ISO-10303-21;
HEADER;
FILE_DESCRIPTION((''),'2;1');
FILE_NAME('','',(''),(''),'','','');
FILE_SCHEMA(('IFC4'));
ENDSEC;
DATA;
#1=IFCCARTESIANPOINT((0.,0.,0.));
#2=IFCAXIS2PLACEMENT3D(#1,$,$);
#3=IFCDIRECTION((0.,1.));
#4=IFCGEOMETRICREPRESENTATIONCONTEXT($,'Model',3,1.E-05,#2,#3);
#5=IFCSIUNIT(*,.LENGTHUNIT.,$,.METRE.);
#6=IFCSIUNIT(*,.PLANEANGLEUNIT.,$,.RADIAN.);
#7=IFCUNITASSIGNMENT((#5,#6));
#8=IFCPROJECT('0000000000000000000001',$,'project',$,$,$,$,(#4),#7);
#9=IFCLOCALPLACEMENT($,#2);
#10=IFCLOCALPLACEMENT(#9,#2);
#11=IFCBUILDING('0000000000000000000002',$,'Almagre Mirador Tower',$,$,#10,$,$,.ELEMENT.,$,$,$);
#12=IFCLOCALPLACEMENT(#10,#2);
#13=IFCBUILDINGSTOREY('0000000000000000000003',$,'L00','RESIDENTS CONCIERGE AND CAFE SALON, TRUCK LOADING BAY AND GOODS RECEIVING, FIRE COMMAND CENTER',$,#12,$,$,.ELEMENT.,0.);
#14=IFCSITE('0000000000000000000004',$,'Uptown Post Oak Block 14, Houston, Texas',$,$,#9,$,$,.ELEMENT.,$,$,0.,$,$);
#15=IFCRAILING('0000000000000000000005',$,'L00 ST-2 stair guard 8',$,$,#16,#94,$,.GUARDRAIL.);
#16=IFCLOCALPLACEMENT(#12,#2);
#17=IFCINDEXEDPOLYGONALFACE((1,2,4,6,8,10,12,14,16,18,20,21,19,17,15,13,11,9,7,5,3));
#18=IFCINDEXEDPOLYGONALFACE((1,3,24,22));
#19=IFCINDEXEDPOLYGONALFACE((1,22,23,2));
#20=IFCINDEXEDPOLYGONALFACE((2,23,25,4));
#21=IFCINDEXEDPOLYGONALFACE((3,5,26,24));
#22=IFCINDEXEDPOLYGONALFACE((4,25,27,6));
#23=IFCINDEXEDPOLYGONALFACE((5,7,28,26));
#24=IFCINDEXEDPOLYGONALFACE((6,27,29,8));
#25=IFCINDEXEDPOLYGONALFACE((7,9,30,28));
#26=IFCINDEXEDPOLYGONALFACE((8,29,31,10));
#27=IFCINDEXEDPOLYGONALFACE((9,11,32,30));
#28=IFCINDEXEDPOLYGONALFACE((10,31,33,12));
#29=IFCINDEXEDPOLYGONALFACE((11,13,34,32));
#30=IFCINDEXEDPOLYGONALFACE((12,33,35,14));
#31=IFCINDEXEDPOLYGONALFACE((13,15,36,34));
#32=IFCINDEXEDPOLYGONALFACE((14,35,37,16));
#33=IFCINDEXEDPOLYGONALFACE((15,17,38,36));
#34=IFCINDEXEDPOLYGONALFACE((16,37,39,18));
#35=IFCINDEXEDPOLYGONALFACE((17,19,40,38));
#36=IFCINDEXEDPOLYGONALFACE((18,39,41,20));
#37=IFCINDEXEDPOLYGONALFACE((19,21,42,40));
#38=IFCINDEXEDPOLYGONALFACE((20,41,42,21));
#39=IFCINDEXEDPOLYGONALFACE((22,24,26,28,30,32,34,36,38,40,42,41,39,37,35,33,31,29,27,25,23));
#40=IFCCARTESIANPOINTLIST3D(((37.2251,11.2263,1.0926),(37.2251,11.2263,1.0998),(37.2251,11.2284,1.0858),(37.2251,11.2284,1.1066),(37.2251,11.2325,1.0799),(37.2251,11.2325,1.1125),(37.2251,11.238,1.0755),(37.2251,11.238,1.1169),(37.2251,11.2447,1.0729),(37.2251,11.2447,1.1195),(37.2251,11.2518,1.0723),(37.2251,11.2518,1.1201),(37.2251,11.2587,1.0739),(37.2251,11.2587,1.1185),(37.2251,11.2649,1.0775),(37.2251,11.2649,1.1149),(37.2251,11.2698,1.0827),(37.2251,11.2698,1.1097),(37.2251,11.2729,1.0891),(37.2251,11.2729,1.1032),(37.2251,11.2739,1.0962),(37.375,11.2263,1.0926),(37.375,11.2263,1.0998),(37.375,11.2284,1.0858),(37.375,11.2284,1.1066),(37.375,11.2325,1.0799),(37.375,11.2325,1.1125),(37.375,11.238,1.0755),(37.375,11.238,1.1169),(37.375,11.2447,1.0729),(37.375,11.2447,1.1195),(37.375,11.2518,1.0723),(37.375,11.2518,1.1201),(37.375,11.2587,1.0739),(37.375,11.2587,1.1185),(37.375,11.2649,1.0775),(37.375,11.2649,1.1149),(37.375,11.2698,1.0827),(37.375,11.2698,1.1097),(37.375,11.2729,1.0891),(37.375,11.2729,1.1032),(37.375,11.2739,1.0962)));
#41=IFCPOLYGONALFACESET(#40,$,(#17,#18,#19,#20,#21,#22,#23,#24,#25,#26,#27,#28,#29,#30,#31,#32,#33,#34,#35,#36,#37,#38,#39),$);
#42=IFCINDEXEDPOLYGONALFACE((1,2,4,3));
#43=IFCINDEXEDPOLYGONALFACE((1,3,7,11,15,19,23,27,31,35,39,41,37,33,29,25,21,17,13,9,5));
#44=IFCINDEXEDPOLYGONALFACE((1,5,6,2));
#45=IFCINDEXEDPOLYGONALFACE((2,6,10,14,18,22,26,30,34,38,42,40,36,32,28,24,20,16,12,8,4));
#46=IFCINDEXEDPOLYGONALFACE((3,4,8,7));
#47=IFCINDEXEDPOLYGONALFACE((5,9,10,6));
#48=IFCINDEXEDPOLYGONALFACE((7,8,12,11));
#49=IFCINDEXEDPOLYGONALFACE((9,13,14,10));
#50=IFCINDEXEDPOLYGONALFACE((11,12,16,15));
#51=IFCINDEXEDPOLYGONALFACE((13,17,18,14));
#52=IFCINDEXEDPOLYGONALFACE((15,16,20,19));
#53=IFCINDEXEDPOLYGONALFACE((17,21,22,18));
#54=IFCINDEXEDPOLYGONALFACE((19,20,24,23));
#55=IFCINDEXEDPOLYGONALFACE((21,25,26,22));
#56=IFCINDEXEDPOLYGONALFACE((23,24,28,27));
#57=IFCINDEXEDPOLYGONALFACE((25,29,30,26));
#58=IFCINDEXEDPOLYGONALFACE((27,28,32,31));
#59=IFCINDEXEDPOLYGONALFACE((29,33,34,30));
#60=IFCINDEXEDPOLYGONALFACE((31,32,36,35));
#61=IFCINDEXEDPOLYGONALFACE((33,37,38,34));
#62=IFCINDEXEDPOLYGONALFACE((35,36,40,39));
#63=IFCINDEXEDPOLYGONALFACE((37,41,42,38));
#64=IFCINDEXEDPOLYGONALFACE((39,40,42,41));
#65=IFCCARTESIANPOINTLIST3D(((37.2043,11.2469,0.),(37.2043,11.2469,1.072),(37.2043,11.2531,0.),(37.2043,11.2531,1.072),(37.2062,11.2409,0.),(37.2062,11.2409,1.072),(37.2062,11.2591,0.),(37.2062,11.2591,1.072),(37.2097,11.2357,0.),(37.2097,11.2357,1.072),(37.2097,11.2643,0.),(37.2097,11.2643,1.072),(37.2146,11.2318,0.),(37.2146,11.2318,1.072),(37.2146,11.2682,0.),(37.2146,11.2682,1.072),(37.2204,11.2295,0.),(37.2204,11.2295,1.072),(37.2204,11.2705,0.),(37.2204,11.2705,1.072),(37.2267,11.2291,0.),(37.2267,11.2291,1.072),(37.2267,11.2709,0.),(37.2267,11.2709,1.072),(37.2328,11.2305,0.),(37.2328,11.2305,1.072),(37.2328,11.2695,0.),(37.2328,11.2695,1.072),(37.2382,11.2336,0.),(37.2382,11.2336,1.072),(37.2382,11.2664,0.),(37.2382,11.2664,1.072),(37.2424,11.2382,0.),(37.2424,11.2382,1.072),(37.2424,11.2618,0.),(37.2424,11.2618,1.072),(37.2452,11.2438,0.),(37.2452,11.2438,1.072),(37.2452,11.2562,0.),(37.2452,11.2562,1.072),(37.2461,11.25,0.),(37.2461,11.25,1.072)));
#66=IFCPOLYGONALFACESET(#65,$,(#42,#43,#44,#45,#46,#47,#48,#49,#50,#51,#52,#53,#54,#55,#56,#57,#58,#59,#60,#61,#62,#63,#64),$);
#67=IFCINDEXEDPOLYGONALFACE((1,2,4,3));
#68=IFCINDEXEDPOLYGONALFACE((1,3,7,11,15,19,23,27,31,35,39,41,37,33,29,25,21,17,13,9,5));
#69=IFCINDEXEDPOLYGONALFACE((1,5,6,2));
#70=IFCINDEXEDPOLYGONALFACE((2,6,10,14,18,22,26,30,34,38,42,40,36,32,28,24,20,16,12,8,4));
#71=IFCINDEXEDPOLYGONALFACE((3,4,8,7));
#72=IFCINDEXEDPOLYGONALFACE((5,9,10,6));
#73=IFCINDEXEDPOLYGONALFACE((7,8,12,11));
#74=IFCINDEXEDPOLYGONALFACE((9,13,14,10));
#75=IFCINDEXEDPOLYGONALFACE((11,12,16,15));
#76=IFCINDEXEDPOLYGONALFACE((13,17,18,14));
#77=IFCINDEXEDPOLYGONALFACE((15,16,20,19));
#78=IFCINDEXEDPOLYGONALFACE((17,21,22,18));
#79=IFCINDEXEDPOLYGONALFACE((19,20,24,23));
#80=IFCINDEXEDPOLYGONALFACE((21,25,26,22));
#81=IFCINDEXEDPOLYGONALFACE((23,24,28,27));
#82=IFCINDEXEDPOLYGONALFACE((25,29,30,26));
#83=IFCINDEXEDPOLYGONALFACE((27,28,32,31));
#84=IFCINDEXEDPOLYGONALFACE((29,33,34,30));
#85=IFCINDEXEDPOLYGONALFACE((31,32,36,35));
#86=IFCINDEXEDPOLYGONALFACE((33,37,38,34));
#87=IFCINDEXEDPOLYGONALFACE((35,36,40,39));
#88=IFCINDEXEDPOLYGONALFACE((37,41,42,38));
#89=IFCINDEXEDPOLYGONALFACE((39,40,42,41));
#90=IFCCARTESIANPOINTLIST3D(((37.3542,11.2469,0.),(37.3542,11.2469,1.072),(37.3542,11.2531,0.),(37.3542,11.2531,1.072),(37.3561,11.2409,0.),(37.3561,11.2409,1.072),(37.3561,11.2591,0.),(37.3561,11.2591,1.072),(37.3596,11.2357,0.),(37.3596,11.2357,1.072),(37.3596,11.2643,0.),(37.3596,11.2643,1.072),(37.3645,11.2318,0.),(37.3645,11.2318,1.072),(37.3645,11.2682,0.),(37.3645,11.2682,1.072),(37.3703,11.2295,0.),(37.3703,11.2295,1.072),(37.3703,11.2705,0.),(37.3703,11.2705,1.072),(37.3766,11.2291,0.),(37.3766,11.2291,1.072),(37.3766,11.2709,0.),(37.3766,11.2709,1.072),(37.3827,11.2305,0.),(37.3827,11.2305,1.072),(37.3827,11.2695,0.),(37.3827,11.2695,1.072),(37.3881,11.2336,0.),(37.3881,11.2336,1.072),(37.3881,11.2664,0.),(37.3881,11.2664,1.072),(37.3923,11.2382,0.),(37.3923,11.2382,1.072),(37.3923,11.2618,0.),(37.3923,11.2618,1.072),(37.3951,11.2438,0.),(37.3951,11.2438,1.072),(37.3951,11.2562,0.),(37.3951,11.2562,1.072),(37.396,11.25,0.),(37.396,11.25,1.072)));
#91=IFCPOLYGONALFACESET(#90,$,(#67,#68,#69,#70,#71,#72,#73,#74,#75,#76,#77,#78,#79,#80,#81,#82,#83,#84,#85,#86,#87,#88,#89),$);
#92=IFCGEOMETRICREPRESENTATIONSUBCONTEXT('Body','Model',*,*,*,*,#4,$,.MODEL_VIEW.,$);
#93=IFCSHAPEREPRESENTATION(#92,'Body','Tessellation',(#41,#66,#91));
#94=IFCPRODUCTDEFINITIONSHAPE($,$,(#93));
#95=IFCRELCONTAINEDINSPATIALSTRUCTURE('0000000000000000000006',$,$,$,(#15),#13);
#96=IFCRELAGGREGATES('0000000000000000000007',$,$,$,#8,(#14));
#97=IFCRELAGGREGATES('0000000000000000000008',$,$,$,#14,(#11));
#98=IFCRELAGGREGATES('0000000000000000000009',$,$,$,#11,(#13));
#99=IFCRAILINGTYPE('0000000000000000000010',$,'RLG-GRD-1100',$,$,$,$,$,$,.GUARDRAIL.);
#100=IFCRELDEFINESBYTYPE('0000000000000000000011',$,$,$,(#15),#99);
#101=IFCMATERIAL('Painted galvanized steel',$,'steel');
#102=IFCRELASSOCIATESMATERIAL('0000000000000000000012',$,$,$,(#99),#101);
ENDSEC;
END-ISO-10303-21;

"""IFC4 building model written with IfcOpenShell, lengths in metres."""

from ifc_helpers import new_model, si_unit, direction, frame, origin, origin_2d, place, context, subcontext, project, spatial, circle, extrude, material, type_object, element, save


model = new_model("IFC4")

# Units and contexts
model_context = context("Model", 3, precision=1e-05, world=origin(), true_north=direction((0.0, 1.0)))
body_context = subcontext(model_context, "Body", "Model", "MODEL_VIEW")
ifc_project = project(units=[si_unit("LENGTHUNIT", "METRE"), si_unit("PLANEANGLEUNIT", "RADIAN")], contexts=[model_context])

# Site, building, storey
site_placement = place(None, origin())
site = spatial("IfcSite", under=ifc_project, at=site_placement, Name="Uptown Post Oak Block 14, Houston, Texas", CompositionType="ELEMENT", RefElevation=0.0)
building_placement = place(site_placement, origin())
building = spatial("IfcBuilding", under=site, at=building_placement, Name="Almagre Mirador Tower", CompositionType="ELEMENT")
storey_placement = place(building_placement, origin())
storey = spatial("IfcBuildingStorey", under=building, at=storey_placement, Name="L00", Description="RESIDENTS CONCIERGE AND CAFE SALON, TRUCK LOADING BAY AND GOODS RECEIVING, FIRE COMMAND CENTER", CompositionType="ELEMENT", Elevation=0.0)

# Railing
ifc_material_1 = material(Name="Painted galvanized steel", Category="steel")
railing_type_1 = type_object("IfcRailingType", Name="RLG-GRD-1100", PredefinedType="GUARDRAIL", material=ifc_material_1)
railing_1_placement = place(storey_placement, frame((37.2251, 11.25, 0.0)))
element("IfcRailing", 1, at=railing_1_placement, inside=storey, type_object=railing_type_1, Name="L00 ST-2 stair guard 8", PredefinedType="GUARDRAIL", context=body_context, shape_type="SweptSolid", body=[
    extrude(circle(Radius=0.0239, at=origin_2d()), frame((0.0, 0.0, 1.0962), z_axis=(1.0, 0.0, 0.0), x_axis=(0.0, 1.0, 0.0)), (0.0, 0.0, 1.0), 0.1499),
    extrude(circle(Radius=0.021, at=origin_2d()), origin(), (0.0, 0.0, 1.0), 1.072),
    extrude(circle(Radius=0.021, at=origin_2d()), frame((0.1499, 0.0, 0.0)), (0.0, 0.0, 1.0), 1.072),
])

save(model, "model.ifc")
